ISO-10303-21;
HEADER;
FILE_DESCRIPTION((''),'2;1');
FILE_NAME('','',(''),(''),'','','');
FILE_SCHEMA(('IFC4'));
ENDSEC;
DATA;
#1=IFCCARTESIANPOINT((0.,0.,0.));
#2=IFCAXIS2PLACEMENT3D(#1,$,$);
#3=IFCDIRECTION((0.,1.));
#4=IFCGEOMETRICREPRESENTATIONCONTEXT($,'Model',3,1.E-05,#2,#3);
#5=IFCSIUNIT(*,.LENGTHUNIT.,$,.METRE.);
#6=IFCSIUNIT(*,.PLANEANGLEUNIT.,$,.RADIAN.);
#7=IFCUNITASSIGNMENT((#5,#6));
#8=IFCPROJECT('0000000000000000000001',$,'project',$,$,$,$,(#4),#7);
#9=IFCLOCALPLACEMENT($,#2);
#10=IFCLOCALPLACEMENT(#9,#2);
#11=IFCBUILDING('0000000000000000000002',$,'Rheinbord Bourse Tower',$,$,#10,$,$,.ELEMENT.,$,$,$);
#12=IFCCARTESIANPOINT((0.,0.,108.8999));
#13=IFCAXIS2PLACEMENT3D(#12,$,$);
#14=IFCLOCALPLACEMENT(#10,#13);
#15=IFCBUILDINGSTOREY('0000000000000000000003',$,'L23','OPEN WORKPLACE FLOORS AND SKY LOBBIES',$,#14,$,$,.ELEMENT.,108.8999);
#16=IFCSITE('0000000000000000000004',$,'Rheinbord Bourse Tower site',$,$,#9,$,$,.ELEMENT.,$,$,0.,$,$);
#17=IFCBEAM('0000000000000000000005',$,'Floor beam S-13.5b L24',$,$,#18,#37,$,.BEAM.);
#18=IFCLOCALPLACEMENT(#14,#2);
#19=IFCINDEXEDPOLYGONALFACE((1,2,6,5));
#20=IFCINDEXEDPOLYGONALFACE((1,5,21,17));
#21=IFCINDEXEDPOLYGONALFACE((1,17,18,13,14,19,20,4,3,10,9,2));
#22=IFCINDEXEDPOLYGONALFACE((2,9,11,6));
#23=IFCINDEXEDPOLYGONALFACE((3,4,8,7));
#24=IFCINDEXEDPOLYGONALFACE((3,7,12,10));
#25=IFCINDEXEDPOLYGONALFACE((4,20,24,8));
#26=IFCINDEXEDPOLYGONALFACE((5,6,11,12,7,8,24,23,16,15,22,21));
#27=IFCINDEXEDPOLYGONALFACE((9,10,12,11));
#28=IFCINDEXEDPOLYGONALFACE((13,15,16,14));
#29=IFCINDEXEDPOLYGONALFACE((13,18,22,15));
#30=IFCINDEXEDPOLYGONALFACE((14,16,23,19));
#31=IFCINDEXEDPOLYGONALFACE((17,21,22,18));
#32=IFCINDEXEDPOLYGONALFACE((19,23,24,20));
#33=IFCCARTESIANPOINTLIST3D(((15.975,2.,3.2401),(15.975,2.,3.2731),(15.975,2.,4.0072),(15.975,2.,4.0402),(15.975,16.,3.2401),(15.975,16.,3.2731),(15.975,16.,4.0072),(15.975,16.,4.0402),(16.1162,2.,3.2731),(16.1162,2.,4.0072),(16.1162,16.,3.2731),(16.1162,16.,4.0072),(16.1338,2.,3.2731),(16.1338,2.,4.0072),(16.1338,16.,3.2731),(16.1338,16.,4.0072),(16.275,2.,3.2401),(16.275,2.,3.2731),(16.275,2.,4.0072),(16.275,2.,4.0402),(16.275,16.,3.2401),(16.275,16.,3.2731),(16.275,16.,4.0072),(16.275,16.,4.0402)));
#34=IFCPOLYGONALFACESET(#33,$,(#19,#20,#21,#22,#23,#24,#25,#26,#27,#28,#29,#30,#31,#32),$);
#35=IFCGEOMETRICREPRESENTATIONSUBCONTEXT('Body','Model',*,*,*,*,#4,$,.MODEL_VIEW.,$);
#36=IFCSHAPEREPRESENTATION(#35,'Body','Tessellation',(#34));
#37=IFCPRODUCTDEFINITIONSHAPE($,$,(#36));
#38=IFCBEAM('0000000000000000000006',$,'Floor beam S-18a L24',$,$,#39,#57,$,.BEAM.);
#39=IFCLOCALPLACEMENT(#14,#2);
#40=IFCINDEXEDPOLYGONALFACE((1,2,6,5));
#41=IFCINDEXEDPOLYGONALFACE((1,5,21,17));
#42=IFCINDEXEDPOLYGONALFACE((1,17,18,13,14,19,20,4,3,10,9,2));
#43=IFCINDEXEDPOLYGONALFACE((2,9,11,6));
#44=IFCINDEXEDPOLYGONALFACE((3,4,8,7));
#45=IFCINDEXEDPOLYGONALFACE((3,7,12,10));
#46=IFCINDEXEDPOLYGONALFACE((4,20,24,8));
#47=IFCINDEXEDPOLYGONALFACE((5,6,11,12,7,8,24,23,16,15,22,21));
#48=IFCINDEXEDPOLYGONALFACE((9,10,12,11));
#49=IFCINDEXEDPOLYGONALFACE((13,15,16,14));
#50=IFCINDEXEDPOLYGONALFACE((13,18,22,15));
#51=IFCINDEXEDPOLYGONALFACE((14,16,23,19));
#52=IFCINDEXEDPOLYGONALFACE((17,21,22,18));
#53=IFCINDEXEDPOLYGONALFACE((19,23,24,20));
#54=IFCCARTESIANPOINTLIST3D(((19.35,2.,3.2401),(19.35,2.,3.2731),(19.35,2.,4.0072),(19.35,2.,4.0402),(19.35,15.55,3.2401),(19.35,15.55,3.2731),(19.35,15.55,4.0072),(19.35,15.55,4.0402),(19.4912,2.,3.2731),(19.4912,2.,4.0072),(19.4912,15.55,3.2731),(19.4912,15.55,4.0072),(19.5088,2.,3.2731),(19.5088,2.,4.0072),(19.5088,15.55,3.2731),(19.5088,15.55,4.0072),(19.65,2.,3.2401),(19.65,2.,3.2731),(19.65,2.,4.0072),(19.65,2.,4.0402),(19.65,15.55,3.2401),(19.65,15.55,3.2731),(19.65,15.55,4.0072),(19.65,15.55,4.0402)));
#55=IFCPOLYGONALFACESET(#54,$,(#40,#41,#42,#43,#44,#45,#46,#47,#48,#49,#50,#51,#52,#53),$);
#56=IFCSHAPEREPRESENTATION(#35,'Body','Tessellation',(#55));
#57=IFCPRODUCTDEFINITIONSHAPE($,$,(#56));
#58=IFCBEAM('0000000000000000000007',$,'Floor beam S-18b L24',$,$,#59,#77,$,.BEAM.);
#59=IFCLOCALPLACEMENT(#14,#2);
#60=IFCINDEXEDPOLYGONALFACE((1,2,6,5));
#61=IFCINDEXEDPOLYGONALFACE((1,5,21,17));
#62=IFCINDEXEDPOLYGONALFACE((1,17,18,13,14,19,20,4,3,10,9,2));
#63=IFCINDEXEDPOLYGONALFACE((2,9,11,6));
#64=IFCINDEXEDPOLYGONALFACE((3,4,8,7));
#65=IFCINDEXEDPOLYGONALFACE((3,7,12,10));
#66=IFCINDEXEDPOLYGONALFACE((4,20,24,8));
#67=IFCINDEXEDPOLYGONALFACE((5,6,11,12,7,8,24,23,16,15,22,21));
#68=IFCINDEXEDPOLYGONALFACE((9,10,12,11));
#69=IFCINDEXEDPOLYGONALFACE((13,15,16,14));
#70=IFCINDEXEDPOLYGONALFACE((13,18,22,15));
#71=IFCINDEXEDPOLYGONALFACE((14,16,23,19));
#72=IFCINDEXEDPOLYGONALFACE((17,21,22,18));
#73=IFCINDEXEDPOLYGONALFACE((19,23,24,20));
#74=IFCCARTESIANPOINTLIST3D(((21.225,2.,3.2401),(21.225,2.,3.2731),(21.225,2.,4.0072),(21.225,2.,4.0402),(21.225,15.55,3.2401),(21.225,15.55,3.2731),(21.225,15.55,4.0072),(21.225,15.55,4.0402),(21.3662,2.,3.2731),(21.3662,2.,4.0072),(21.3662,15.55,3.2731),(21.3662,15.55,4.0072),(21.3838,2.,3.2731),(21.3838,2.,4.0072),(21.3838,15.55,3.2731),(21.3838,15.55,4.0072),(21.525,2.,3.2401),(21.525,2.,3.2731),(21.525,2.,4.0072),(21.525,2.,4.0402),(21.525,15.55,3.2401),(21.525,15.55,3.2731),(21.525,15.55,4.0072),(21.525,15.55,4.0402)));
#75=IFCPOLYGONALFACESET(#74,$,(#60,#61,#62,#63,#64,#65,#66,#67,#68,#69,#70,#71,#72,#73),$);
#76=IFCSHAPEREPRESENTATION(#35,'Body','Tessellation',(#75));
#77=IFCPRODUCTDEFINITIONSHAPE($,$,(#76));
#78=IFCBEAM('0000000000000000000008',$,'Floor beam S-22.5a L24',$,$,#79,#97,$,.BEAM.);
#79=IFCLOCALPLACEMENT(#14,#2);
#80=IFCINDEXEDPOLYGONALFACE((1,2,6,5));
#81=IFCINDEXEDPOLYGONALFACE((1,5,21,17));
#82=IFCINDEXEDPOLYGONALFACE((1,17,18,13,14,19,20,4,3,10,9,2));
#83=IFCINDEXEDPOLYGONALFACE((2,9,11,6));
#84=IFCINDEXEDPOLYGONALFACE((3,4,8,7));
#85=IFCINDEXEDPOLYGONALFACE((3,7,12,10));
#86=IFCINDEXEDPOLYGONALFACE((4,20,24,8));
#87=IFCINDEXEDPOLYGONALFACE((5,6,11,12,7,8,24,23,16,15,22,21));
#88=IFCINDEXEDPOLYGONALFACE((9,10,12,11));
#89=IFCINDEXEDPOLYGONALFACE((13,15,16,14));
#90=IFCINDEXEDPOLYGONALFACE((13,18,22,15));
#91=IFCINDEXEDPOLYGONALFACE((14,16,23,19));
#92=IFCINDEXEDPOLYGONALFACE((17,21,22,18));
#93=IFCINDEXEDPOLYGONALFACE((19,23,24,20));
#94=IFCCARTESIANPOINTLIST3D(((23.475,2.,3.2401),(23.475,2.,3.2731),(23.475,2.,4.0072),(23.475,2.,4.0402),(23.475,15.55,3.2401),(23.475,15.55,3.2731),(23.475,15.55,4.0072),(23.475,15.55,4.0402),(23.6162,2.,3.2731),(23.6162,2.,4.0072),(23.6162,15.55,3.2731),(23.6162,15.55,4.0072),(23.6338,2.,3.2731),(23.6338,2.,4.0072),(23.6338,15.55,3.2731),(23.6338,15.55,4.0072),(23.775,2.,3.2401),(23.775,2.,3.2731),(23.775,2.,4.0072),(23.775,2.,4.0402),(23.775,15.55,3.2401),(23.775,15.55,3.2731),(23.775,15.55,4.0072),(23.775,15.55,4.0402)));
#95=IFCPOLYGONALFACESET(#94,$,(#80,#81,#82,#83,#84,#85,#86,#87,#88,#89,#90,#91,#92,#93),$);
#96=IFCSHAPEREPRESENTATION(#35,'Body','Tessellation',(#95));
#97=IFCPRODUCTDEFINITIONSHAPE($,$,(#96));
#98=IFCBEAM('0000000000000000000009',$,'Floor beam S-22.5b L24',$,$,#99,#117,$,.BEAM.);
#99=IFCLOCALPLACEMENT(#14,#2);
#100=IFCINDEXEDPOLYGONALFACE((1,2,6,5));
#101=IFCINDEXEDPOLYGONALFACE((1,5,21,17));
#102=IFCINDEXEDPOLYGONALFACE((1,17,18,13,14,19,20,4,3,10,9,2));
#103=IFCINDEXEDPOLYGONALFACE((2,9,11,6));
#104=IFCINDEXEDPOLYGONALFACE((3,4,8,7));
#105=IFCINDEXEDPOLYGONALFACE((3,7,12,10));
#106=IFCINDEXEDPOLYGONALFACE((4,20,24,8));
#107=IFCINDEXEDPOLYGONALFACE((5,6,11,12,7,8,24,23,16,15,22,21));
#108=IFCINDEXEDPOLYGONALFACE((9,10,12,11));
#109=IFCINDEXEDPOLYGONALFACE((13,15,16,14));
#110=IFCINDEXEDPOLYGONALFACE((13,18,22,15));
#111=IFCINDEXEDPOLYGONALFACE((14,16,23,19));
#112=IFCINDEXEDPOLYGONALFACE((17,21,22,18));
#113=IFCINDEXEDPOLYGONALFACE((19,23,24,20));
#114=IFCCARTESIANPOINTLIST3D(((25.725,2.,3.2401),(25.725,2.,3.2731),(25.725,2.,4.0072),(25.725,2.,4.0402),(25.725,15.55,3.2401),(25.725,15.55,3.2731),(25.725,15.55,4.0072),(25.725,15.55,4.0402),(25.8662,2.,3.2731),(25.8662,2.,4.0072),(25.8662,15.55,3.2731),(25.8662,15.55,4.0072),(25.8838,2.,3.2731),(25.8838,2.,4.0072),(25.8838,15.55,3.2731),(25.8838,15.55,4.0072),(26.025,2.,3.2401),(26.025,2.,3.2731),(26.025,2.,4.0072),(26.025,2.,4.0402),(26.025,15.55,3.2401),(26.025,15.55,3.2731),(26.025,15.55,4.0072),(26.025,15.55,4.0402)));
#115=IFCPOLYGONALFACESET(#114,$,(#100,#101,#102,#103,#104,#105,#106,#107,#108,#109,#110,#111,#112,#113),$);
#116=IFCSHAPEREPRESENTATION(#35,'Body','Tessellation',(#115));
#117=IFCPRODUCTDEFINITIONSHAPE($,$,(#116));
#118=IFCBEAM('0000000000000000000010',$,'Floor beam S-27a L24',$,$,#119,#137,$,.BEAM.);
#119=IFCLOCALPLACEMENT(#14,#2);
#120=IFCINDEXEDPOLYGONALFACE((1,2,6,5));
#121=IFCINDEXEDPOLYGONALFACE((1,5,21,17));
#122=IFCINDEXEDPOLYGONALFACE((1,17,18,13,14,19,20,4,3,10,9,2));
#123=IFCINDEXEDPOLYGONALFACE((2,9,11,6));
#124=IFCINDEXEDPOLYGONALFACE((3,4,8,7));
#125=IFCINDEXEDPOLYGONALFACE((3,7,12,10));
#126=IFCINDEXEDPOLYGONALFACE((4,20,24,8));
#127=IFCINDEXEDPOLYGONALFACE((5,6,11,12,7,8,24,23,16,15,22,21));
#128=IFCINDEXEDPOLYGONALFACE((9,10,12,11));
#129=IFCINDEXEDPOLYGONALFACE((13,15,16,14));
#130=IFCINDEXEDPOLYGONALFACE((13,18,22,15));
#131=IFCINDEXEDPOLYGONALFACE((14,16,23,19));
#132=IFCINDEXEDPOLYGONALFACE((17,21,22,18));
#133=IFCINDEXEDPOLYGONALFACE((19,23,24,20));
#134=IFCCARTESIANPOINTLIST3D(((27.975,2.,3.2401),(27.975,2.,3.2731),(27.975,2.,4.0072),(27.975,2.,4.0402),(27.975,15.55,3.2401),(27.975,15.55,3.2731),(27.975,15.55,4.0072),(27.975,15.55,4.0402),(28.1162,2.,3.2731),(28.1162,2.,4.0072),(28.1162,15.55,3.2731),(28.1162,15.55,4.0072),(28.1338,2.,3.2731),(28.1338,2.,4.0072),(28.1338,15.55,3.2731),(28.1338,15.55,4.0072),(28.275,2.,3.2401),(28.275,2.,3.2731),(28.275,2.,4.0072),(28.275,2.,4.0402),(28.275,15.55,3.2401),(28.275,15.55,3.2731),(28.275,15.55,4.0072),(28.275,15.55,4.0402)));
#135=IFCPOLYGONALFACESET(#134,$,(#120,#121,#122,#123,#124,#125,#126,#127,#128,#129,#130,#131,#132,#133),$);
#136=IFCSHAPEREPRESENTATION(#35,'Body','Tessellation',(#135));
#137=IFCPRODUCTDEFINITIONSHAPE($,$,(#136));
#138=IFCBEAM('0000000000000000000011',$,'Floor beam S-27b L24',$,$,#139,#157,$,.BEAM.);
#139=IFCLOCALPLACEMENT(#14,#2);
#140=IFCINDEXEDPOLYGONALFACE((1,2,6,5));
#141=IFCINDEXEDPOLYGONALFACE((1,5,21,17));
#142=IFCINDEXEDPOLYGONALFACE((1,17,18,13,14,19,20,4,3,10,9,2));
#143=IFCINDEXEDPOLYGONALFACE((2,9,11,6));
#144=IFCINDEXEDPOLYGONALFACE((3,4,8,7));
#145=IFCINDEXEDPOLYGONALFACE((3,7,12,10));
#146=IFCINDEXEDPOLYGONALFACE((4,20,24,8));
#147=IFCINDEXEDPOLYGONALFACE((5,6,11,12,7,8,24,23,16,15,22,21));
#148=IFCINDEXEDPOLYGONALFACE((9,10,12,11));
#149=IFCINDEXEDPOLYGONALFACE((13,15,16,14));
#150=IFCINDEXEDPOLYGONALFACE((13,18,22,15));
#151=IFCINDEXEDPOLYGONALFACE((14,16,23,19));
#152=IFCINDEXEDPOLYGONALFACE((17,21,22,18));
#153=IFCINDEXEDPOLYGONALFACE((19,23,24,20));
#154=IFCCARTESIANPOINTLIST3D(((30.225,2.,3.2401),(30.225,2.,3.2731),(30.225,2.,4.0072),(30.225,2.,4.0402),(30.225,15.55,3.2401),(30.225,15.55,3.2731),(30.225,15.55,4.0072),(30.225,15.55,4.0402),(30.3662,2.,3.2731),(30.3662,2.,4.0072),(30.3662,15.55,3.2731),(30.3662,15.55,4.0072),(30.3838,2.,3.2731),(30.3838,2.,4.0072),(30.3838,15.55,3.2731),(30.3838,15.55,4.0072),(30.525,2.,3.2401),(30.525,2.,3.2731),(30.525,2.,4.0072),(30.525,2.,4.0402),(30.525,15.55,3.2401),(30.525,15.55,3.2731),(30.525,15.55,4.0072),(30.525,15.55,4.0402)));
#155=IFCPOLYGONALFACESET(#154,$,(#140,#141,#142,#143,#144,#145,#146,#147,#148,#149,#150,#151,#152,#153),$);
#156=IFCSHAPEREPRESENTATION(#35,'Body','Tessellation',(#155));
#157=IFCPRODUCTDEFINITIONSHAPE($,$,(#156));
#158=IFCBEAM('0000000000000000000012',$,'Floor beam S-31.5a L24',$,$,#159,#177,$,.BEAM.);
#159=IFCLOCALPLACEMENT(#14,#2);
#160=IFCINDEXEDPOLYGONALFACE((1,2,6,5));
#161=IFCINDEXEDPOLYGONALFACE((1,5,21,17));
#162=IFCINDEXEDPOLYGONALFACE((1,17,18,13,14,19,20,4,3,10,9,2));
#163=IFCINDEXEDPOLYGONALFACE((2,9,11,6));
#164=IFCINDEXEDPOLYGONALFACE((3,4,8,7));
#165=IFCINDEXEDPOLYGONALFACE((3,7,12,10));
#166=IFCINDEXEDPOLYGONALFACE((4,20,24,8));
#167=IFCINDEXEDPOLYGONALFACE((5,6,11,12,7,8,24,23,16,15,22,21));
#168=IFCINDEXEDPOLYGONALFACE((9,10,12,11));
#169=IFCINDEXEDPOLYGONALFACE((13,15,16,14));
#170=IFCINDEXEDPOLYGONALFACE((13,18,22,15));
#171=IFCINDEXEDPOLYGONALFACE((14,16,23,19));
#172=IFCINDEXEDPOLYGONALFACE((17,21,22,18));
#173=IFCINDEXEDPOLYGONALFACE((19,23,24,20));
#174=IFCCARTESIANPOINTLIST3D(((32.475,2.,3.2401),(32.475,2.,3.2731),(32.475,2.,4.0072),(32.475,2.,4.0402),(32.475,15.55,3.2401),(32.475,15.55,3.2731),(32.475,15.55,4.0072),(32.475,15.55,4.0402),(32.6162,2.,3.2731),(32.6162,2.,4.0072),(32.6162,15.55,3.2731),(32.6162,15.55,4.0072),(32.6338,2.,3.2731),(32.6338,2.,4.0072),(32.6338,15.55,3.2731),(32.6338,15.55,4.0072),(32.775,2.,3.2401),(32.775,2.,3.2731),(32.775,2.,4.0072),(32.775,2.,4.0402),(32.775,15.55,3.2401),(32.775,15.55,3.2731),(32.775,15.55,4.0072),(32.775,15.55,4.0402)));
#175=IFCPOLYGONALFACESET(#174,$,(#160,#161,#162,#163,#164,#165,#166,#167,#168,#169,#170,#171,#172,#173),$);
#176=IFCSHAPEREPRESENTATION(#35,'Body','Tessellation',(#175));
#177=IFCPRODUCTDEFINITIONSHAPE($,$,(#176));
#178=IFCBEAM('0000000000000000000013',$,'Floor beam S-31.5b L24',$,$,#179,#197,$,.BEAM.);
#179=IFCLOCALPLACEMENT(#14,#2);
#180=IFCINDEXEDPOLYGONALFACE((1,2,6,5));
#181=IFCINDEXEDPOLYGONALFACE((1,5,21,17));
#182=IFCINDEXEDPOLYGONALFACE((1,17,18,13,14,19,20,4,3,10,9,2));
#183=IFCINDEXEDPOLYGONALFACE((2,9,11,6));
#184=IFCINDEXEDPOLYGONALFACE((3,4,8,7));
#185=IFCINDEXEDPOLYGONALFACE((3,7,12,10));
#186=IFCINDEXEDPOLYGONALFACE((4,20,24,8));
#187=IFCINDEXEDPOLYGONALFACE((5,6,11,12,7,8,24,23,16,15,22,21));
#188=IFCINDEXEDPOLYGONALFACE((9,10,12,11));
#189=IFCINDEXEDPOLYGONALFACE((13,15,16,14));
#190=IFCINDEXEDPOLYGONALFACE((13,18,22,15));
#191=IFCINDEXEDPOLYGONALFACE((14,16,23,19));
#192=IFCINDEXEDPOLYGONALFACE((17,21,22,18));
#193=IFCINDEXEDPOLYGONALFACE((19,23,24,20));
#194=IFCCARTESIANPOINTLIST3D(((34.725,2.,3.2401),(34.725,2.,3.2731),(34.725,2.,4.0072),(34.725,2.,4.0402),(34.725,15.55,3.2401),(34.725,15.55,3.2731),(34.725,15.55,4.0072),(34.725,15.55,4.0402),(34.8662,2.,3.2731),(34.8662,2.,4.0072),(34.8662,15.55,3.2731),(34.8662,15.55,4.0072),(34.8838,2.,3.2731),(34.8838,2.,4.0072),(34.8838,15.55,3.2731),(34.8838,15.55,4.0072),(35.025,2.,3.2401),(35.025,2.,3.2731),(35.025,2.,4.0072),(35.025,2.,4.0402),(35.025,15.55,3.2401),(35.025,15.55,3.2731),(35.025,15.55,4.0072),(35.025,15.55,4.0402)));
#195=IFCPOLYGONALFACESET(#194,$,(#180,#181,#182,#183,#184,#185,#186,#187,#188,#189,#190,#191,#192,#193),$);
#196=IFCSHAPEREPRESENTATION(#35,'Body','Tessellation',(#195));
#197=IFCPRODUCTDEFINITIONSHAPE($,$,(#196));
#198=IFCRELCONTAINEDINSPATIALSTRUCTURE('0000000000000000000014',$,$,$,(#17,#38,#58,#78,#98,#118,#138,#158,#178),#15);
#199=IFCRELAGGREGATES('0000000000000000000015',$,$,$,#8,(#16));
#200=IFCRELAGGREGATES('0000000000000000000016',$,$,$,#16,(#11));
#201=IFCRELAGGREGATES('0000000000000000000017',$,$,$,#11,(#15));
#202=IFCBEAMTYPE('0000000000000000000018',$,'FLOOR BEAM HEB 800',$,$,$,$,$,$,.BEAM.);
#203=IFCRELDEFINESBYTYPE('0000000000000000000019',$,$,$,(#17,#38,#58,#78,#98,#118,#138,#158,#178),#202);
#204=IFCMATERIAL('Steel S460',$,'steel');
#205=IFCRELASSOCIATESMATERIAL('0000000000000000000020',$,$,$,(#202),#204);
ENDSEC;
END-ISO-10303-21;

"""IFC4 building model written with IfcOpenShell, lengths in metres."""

from ifc_helpers import new_model, si_unit, direction, frame, origin, origin_2d, place, context, subcontext, project, spatial, i_section, extrude, material, material_profile, profile_set, type_object, element, save


model = new_model("IFC4")

# Units and contexts
model_context = context("Model", 3, precision=1e-05, world=origin(), true_north=direction((0.0, 1.0)))
body_context = subcontext(model_context, "Body", "Model", "MODEL_VIEW")
ifc_project = project(units=[si_unit("LENGTHUNIT", "METRE"), si_unit("PLANEANGLEUNIT", "RADIAN")], contexts=[model_context])

# Site, building, storey
site_placement = place(None, origin())
site = spatial("IfcSite", under=ifc_project, at=site_placement, Name="Rheinbord Bourse Tower site", CompositionType="ELEMENT", RefElevation=0.0)
building_placement = place(site_placement, origin())
building = spatial("IfcBuilding", under=site, at=building_placement, Name="Rheinbord Bourse Tower", CompositionType="ELEMENT")
storey_placement = place(building_placement, frame((0.0, 0.0, 108.8999)))
storey = spatial("IfcBuildingStorey", under=building, at=storey_placement, Name="L23", Description="OPEN WORKPLACE FLOORS AND SKY LOBBIES", CompositionType="ELEMENT", Elevation=108.8999)

# Beams
ifc_material_1 = material(Name="Steel S460", Category="steel")
ifc_material_profile_1 = material_profile(ifc_material_1, i_section(OverallWidth=0.3, OverallDepth=0.8, WebThickness=0.0176, FlangeThickness=0.033, at=origin_2d()), Name="HEB 800")
ifc_profile_set_1 = profile_set([ifc_material_profile_1], Name="Steel S460")
beam_type_1 = type_object("IfcBeamType", Name="FLOOR BEAM HEB 800", PredefinedType="BEAM", material=ifc_profile_set_1)
beam_placement = place(storey_placement, frame((16.125, 2.0, 3.6401), z_axis=(0.0, 1.0, 0.0), x_axis=(-1.0, 0.0, 0.0)))
element("IfcBeam", 1, at=beam_placement, inside=storey, type_object=beam_type_1, Name="Floor beam S-13.5b L24", PredefinedType="BEAM", context=body_context, shape_type="SweptSolid", body=[
    extrude(i_section(OverallWidth=0.3, OverallDepth=0.8, WebThickness=0.0176, FlangeThickness=0.033, at=origin_2d()), origin(), (0.0, 0.0, 1.0), 14.0),
])
for number, where, z_axis, x_axis, name in (
    (2, (19.5, 2.0, 3.6401), (0.0, 1.0, 0.0), (-1.0, 0.0, 0.0), "Floor beam S-18a L24"),
    (3, (21.375, 2.0, 3.6401), (0.0, 1.0, 0.0), (-1.0, 0.0, 0.0), "Floor beam S-18b L24"),
    (4, (23.625, 2.0, 3.6401), (0.0, 1.0, 0.0), (-1.0, 0.0, 0.0), "Floor beam S-22.5a L24"),
    (5, (25.875, 2.0, 3.6401), (0.0, 1.0, 0.0), (-1.0, 0.0, 0.0), "Floor beam S-22.5b L24"),
    (6, (28.125, 2.0, 3.6401), (0.0, 1.0, 0.0), (-1.0, 0.0, 0.0), "Floor beam S-27a L24"),
    (7, (30.375, 2.0, 3.6401), (0.0, 1.0, 0.0), (-1.0, 0.0, 0.0), "Floor beam S-27b L24"),
    (8, (32.625, 2.0, 3.6401), (0.0, 1.0, 0.0), (-1.0, 0.0, 0.0), "Floor beam S-31.5a L24"),
    (9, (34.875, 2.0, 3.6401), (0.0, 1.0, 0.0), (-1.0, 0.0, 0.0), "Floor beam S-31.5b L24"),
):
    element("IfcBeam", number, at=place(storey_placement, frame(where, z_axis=z_axis, x_axis=x_axis)), inside=storey, type_object=beam_type_1, Name=name, PredefinedType="BEAM", context=body_context, shape_type="SweptSolid", body=[
        extrude(i_section(OverallWidth=0.3, OverallDepth=0.8, WebThickness=0.0176, FlangeThickness=0.033, at=origin_2d()), origin(), (0.0, 0.0, 1.0), 13.55),
    ])

save(model, "model.ifc")
